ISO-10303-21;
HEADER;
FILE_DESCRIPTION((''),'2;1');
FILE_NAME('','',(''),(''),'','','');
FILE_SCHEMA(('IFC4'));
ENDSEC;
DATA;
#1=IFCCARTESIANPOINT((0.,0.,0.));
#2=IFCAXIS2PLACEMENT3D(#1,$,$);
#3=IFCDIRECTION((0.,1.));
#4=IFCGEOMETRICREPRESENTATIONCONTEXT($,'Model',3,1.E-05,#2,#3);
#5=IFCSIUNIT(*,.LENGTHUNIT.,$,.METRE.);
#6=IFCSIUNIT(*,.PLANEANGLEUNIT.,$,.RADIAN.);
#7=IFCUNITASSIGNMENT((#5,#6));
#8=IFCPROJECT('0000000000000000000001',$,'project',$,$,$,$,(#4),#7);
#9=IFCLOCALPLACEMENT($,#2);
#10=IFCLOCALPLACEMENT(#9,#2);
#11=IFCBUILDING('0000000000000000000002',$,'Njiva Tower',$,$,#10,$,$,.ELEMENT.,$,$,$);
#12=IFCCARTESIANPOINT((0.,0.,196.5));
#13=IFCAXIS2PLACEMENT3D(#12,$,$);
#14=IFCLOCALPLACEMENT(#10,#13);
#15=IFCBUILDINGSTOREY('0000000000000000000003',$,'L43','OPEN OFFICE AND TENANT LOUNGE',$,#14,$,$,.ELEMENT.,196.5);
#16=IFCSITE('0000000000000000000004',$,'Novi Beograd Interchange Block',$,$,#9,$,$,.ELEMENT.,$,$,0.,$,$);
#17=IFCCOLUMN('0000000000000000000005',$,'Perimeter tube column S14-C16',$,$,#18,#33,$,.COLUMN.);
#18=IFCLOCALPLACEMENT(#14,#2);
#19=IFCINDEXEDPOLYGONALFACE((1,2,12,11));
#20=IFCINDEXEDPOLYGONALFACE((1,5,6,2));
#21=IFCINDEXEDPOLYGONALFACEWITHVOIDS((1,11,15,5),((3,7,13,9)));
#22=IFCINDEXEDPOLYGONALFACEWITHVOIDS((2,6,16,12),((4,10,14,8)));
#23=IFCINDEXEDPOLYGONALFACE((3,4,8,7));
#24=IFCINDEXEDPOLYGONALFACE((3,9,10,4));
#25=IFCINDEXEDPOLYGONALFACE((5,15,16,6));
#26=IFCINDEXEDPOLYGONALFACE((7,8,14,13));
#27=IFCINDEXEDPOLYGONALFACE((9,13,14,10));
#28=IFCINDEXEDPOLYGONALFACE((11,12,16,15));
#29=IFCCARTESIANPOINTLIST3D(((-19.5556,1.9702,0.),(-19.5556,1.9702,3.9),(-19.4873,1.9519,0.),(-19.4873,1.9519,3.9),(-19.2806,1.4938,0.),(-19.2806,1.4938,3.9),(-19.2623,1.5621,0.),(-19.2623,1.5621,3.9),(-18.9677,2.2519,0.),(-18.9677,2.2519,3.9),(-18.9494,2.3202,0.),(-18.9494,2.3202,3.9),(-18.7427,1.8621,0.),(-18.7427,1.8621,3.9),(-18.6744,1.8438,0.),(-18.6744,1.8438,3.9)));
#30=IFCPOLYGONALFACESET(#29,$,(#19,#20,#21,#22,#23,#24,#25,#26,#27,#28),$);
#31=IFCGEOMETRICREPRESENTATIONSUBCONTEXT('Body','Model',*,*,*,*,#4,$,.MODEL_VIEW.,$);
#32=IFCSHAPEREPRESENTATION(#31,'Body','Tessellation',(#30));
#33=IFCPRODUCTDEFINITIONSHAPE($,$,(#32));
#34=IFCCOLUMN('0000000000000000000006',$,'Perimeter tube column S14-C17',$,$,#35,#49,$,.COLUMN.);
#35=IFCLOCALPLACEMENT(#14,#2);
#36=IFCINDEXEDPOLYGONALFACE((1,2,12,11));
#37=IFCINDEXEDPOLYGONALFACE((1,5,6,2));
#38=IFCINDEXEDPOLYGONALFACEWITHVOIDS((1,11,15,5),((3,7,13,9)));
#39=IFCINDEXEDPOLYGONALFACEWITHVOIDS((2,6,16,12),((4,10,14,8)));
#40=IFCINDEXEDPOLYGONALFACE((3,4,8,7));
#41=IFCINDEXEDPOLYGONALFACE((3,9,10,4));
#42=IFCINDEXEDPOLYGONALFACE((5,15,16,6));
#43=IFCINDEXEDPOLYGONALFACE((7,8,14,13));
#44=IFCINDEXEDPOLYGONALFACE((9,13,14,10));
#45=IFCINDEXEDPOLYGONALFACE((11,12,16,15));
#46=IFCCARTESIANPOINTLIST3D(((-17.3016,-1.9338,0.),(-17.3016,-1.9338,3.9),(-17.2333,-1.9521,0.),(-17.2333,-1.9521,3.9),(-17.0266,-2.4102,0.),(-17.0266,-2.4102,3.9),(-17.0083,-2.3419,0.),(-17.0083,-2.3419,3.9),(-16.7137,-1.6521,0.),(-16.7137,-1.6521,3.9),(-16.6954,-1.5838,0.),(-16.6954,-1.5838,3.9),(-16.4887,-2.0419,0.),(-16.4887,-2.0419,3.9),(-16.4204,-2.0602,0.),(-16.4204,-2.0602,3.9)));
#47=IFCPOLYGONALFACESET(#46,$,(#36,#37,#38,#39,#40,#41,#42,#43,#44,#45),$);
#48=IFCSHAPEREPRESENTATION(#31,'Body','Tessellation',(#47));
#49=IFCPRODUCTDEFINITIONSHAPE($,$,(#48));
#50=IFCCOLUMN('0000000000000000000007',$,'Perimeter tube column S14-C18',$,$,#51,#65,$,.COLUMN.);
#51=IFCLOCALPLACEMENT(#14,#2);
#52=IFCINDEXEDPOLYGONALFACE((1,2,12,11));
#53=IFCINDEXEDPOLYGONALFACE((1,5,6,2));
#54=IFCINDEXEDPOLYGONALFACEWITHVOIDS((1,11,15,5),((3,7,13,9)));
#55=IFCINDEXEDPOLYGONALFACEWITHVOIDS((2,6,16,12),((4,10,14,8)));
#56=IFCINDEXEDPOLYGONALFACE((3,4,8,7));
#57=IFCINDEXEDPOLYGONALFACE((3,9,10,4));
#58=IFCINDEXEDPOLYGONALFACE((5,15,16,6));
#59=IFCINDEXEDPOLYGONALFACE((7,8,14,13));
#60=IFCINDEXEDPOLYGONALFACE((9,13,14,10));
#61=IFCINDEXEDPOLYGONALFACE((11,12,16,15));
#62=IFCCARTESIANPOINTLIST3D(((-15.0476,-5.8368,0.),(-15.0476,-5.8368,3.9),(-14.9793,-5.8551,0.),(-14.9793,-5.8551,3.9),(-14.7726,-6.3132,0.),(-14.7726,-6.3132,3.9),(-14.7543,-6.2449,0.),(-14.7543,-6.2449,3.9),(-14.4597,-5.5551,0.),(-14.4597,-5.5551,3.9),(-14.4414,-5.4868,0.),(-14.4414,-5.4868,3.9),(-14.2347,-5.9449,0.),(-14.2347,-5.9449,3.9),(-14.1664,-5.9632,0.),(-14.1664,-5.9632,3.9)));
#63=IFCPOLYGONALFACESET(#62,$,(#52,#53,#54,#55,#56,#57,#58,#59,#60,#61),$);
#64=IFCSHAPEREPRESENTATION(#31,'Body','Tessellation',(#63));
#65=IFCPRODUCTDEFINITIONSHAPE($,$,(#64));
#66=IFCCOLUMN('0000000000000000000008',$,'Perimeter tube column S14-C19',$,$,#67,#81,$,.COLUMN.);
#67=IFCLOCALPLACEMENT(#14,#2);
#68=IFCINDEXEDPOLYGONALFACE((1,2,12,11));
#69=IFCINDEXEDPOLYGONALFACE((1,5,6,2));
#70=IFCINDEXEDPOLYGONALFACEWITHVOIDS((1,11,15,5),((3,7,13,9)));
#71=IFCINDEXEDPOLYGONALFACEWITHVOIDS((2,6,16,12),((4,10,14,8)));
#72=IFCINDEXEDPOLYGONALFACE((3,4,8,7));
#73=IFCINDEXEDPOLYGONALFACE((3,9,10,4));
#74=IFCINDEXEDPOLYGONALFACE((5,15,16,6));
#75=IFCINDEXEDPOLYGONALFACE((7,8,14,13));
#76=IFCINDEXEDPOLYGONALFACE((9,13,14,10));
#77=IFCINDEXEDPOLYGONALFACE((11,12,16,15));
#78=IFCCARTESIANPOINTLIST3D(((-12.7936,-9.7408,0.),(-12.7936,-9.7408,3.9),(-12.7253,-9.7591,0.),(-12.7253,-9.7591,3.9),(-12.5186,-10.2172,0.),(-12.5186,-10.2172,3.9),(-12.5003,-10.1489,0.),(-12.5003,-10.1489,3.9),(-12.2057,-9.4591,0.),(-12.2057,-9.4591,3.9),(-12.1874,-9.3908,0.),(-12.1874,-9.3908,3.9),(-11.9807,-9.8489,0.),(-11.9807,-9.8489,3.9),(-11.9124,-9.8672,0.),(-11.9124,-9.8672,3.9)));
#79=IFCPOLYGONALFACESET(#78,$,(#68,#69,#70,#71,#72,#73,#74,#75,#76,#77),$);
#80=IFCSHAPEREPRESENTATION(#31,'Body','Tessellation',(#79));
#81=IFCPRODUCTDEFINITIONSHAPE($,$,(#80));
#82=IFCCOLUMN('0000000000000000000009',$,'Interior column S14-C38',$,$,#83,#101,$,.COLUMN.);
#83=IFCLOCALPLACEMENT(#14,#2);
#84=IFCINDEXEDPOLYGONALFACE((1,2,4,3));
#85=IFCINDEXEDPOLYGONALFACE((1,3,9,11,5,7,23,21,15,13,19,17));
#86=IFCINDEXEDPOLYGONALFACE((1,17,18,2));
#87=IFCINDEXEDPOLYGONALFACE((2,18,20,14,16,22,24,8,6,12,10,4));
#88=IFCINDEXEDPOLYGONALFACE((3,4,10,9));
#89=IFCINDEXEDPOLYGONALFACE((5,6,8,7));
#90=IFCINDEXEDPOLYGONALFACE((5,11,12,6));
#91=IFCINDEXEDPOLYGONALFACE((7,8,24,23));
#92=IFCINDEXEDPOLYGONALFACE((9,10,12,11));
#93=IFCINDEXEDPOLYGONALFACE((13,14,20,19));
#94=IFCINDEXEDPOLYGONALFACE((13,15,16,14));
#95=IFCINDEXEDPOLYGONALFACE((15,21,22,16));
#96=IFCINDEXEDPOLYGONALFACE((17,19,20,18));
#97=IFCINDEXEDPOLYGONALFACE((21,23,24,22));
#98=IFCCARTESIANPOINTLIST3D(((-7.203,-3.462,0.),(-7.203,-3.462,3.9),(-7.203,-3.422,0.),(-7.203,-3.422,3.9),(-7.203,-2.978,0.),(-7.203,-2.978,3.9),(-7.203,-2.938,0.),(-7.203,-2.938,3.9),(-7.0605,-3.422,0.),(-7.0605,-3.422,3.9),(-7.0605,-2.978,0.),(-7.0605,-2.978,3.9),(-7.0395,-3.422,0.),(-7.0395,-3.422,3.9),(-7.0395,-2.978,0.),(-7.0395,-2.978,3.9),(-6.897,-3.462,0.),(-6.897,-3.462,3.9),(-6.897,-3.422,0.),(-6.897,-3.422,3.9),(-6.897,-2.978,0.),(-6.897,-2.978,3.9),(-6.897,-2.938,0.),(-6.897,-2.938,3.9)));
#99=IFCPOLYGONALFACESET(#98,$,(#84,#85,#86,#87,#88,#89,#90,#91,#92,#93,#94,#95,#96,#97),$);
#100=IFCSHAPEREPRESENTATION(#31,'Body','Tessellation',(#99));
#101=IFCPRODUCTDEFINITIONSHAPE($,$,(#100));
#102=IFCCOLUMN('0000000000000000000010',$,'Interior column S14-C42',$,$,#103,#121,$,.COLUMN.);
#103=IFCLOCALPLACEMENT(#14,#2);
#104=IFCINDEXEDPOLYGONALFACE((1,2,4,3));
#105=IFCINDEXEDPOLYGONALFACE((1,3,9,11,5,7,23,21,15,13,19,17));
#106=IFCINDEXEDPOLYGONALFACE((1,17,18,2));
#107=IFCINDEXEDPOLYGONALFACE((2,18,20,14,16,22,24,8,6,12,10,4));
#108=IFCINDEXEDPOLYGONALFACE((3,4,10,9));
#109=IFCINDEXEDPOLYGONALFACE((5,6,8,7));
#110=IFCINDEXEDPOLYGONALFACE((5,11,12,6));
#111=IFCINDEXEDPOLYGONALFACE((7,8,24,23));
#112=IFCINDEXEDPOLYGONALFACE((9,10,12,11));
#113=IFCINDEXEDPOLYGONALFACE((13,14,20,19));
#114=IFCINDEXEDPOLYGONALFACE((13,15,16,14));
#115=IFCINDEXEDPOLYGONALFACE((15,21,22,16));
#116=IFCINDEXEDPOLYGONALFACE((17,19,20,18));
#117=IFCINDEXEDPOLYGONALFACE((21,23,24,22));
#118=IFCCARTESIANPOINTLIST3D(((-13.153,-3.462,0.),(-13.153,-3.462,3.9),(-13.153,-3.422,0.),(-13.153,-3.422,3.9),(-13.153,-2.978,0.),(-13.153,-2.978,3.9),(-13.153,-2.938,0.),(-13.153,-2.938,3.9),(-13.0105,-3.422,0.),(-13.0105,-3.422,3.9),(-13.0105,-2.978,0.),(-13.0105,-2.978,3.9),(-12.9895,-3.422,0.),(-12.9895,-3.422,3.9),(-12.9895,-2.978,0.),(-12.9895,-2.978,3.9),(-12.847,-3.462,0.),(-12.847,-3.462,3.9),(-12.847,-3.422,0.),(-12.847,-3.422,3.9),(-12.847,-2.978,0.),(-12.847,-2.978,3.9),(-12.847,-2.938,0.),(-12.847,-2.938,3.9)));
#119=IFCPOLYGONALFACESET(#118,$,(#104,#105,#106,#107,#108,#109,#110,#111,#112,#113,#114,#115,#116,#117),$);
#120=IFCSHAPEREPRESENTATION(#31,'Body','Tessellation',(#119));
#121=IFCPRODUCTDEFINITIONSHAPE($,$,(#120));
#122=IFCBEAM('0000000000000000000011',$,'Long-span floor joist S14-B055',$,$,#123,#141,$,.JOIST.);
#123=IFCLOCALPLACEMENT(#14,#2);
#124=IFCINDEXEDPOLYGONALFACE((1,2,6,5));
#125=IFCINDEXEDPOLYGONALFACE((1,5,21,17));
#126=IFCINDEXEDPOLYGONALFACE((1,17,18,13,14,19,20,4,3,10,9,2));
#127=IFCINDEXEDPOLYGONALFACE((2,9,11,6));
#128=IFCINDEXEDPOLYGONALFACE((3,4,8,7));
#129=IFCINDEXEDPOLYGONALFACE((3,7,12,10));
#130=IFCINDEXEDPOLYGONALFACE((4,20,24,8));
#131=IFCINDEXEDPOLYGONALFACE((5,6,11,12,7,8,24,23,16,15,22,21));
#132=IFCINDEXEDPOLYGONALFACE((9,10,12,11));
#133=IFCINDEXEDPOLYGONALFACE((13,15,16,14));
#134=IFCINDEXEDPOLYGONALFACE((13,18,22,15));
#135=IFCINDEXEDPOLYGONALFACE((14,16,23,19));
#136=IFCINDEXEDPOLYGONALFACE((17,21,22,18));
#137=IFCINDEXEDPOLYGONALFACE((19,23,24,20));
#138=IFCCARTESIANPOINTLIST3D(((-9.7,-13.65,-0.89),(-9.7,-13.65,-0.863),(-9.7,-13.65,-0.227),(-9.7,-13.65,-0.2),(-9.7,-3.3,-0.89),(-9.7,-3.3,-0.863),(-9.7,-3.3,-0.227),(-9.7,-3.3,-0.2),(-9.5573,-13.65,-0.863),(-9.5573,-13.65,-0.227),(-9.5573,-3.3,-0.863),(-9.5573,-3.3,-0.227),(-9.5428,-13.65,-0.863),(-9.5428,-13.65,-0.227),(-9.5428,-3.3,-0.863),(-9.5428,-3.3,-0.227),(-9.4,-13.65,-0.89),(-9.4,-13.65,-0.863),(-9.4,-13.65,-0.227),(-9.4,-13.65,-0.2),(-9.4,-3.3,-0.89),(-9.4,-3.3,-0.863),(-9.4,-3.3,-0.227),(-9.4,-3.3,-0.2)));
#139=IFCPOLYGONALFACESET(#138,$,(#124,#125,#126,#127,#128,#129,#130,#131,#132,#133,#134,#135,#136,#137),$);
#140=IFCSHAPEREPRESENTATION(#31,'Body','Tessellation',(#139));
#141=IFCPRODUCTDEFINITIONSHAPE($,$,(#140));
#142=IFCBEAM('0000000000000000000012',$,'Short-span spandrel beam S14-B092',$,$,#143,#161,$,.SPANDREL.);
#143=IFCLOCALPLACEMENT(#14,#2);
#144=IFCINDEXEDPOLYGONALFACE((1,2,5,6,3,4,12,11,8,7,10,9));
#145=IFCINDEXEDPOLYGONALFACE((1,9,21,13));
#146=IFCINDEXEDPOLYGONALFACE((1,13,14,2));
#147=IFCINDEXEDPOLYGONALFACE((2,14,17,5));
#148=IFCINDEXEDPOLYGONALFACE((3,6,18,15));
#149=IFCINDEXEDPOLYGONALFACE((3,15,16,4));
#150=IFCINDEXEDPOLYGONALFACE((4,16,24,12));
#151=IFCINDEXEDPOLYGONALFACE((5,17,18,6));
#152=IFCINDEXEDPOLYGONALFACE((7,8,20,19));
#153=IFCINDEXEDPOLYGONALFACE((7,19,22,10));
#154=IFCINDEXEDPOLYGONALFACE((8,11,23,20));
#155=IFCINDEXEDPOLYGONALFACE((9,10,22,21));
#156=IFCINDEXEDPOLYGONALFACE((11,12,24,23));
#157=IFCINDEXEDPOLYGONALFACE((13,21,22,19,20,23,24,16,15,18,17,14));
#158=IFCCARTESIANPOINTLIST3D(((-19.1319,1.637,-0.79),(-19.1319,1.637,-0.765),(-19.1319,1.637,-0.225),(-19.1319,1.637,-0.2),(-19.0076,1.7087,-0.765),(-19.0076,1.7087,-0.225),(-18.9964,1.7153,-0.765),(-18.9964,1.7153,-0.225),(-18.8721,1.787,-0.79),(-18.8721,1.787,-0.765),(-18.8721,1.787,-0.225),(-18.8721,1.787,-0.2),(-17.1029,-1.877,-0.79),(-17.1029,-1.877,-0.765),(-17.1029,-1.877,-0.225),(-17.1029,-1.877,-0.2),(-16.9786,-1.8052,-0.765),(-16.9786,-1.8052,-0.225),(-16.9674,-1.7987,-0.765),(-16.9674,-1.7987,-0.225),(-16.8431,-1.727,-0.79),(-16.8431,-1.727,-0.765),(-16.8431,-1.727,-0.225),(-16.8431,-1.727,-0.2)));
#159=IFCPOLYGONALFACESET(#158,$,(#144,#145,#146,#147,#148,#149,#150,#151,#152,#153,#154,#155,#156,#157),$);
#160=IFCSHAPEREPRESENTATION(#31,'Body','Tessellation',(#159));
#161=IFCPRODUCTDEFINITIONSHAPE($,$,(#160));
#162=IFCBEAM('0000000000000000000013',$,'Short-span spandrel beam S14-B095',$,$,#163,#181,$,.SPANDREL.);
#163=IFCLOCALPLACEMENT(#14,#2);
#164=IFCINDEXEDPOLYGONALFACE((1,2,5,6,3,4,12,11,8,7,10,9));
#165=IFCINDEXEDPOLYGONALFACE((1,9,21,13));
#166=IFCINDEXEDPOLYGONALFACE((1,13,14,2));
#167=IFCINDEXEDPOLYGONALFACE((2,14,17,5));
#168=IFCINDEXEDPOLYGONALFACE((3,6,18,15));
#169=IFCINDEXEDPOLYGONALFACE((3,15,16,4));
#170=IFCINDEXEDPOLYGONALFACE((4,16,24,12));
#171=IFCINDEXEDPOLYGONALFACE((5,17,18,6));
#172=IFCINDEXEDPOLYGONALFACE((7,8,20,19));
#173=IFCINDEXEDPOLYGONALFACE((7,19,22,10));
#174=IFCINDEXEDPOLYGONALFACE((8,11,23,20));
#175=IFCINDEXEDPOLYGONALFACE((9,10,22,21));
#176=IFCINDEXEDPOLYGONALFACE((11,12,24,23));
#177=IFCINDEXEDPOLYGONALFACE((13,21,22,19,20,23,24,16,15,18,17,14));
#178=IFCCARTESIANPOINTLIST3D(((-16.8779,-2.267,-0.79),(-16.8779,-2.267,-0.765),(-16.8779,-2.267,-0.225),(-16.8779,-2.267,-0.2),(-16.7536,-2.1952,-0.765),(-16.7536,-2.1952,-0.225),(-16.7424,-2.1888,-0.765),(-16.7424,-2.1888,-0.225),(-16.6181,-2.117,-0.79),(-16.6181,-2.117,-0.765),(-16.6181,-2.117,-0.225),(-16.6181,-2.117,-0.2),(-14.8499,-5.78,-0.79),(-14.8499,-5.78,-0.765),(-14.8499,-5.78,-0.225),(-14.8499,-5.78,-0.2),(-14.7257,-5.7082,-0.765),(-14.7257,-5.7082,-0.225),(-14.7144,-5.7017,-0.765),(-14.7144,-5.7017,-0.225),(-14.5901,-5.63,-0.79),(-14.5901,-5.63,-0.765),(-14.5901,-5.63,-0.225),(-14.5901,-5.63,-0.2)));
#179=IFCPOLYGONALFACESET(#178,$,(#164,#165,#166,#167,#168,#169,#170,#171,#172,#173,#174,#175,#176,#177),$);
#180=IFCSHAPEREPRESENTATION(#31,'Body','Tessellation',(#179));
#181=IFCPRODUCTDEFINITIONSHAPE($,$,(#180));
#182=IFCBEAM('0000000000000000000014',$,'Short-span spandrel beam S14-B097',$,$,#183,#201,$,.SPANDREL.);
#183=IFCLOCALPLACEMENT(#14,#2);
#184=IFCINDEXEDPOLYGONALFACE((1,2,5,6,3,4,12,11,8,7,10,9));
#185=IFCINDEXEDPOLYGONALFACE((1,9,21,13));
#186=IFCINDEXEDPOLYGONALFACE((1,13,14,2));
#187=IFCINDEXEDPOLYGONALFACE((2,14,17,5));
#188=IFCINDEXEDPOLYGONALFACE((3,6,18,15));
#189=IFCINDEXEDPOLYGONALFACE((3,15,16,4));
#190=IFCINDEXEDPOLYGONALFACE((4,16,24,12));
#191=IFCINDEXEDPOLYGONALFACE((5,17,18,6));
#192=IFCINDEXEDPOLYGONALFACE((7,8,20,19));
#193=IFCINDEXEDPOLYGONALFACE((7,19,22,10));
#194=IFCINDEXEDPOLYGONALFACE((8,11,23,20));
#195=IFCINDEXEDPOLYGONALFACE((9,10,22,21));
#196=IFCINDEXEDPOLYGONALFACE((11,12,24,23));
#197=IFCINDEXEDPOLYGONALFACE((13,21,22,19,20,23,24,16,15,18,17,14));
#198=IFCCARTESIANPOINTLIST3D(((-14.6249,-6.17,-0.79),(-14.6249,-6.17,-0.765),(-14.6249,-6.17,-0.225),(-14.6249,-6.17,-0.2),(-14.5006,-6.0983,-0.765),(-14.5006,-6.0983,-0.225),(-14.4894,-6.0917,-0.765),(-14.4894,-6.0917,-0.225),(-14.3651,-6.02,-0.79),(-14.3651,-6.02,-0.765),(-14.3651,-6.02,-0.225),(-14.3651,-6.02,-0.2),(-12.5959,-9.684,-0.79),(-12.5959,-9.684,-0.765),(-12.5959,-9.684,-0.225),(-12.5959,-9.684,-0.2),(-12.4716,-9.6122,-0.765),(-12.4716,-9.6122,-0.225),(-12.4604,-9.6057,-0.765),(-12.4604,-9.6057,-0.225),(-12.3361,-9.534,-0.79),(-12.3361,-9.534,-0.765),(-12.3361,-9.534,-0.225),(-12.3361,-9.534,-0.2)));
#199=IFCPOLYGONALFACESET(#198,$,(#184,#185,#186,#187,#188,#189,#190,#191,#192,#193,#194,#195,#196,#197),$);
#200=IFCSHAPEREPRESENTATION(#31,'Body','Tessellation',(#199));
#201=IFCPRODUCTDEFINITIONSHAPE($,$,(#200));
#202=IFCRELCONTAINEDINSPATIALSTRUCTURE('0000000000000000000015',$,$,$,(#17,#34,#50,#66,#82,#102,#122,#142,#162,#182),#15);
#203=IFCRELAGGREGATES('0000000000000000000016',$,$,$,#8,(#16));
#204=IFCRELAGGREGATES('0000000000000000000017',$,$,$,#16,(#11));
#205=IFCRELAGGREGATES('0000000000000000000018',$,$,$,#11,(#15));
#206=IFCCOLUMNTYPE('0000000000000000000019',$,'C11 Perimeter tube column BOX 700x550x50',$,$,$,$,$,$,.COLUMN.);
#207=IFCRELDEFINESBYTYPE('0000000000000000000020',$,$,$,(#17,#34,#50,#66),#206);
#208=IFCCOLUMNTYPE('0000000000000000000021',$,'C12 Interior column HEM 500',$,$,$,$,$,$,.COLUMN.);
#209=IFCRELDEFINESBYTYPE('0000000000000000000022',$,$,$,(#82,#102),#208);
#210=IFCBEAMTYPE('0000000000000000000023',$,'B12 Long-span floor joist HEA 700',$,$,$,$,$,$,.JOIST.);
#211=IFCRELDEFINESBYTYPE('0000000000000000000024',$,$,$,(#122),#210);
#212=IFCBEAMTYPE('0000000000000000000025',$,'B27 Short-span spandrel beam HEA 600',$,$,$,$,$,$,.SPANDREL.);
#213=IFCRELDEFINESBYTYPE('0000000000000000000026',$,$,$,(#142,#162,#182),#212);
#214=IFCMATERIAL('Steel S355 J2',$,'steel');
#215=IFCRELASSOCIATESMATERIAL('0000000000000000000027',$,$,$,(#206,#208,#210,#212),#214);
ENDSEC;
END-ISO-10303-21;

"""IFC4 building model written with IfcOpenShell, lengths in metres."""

from ifc_helpers import new_model, si_unit, direction, frame, origin, origin_2d, place, context, subcontext, project, spatial, hollow_rectangle, i_section, extrude, material, material_profile, profile_set, type_object, element, save


model = new_model("IFC4")

# Units and contexts
model_context = context("Model", 3, precision=1e-05, world=origin(), true_north=direction((0.0, 1.0)))
body_context = subcontext(model_context, "Body", "Model", "MODEL_VIEW")
ifc_project = project(units=[si_unit("LENGTHUNIT", "METRE"), si_unit("PLANEANGLEUNIT", "RADIAN")], contexts=[model_context])

# Site, building, storey
site_placement = place(None, origin())
site = spatial("IfcSite", under=ifc_project, at=site_placement, Name="Novi Beograd Interchange Block", CompositionType="ELEMENT", RefElevation=0.0)
building_placement = place(site_placement, origin())
building = spatial("IfcBuilding", under=site, at=building_placement, Name="Njiva Tower", CompositionType="ELEMENT")
storey_placement = place(building_placement, frame((0.0, 0.0, 196.5)))
storey = spatial("IfcBuildingStorey", under=building, at=storey_placement, Name="L43", Description="OPEN OFFICE AND TENANT LOUNGE", CompositionType="ELEMENT", Elevation=196.5)

# Columns
ifc_material_1 = material(Name="Steel S355 J2", Category="steel")
ifc_material_profile_1 = material_profile(ifc_material_1, hollow_rectangle(XDim=0.55, YDim=0.7, WallThickness=0.05, at=origin_2d()), Name="BOX 700x550x50")
ifc_profile_set_1 = profile_set([ifc_material_profile_1], Name="Steel S355 J2")
column_type_1 = type_object("IfcColumnType", Name="C11 Perimeter tube column BOX 700x550x50", PredefinedType="COLUMN", material=ifc_profile_set_1)
for number, where, z_axis, x_axis, name in (
    (1, (-19.115, 1.907, 0.0), (0.0, 0.0, 1.0), (0.5, -0.866025, 0.0), "Perimeter tube column S14-C16"),
    (2, (-16.861, -1.997, 0.0), (0.0, 0.0, 1.0), (0.5, -0.866025, 0.0), "Perimeter tube column S14-C17"),
    (3, (-14.607, -5.9, 0.0), (0.0, 0.0, 1.0), (0.5, -0.866025, 0.0), "Perimeter tube column S14-C18"),
    (4, (-12.353, -9.804, 0.0), (0.0, 0.0, 1.0), (0.5, -0.866025, 0.0), "Perimeter tube column S14-C19"),
):
    element("IfcColumn", number, at=place(storey_placement, frame(where, z_axis=z_axis, x_axis=x_axis)), inside=storey, type_object=column_type_1, Name=name, PredefinedType="COLUMN", context=body_context, shape_type="SweptSolid", body=[
        extrude(hollow_rectangle(XDim=0.55, YDim=0.7, WallThickness=0.05, at=origin_2d()), origin(), (0.0, 0.0, 1.0), 3.9),
    ])
ifc_material_profile_2 = material_profile(ifc_material_1, i_section(OverallWidth=0.306, OverallDepth=0.524, WebThickness=0.021, FlangeThickness=0.04, at=origin_2d()), Name="HEM 500")
ifc_profile_set_2 = profile_set([ifc_material_profile_2], Name="Steel S355 J2")
column_type_2 = type_object("IfcColumnType", Name="C12 Interior column HEM 500", PredefinedType="COLUMN", material=ifc_profile_set_2)
for number, where, z_axis, x_axis, name in (
    (5, (-7.05, -3.2, 0.0), (0.0, 0.0, 1.0), (1.0, 0.0, 0.0), "Interior column S14-C38"),
    (6, (-13.0, -3.2, 0.0), (0.0, 0.0, 1.0), (1.0, 0.0, 0.0), "Interior column S14-C42"),
):
    element("IfcColumn", number, at=place(storey_placement, frame(where, z_axis=z_axis, x_axis=x_axis)), inside=storey, type_object=column_type_2, Name=name, PredefinedType="COLUMN", context=body_context, shape_type="SweptSolid", body=[
        extrude(i_section(OverallWidth=0.306, OverallDepth=0.524, WebThickness=0.021, FlangeThickness=0.04, at=origin_2d()), origin(), (0.0, 0.0, 1.0), 3.9),
    ])

# Beams
ifc_material_profile_3 = material_profile(ifc_material_1, i_section(OverallWidth=0.3, OverallDepth=0.69, WebThickness=0.0145, FlangeThickness=0.027, at=origin_2d()), Name="HEA 700")
ifc_profile_set_3 = profile_set([ifc_material_profile_3], Name="Steel S355 J2")
beam_type_1 = type_object("IfcBeamType", Name="B12 Long-span floor joist HEA 700", PredefinedType="JOIST", material=ifc_profile_set_3)
beam_1_placement = place(storey_placement, frame((-9.55, -3.3, -0.545), z_axis=(0.0, -1.0, 0.0), x_axis=(1.0, 0.0, 0.0)))
element("IfcBeam", 7, at=beam_1_placement, inside=storey, type_object=beam_type_1, Name="Long-span floor joist S14-B055", PredefinedType="JOIST", context=body_context, shape_type="SweptSolid", body=[
    extrude(i_section(OverallWidth=0.3, OverallDepth=0.69, WebThickness=0.0145, FlangeThickness=0.027, at=origin_2d()), origin(), (0.0, 0.0, 1.0), 10.35),
])
ifc_material_profile_4 = material_profile(ifc_material_1, i_section(OverallWidth=0.3, OverallDepth=0.59, WebThickness=0.013, FlangeThickness=0.025, at=origin_2d()), Name="HEA 600")
ifc_profile_set_4 = profile_set([ifc_material_profile_4], Name="Steel S355 J2")
beam_type_2 = type_object("IfcBeamType", Name="B27 Short-span spandrel beam HEA 600", PredefinedType="SPANDREL", material=ifc_profile_set_4)
beam_2_placement = place(storey_placement, frame((-19.002, 1.712, -0.495), z_axis=(0.500035, -0.866005, 0.0), x_axis=(0.866005, 0.500035, 0.0)))
element("IfcBeam", 8, at=beam_2_placement, inside=storey, type_object=beam_type_2, Name="Short-span spandrel beam S14-B092", PredefinedType="SPANDREL", context=body_context, shape_type="SweptSolid", body=[
    extrude(i_section(OverallWidth=0.3, OverallDepth=0.59, WebThickness=0.013, FlangeThickness=0.025, at=origin_2d()), origin(), (0.0, 0.0, 1.0), 4.0577),
])
beam_3_placement = place(storey_placement, frame((-16.748, -2.192, -0.495), z_axis=(0.499957, -0.86605, 0.0), x_axis=(0.86605, 0.499957, 0.0)))
element("IfcBeam", 9, at=beam_3_placement, inside=storey, type_object=beam_type_2, Name="Short-span spandrel beam S14-B095", PredefinedType="SPANDREL", context=body_context, shape_type="SweptSolid", body=[
    extrude(i_section(OverallWidth=0.3, OverallDepth=0.59, WebThickness=0.013, FlangeThickness=0.025, at=origin_2d()), origin(), (0.0, 0.0, 1.0), 4.0563),
])
beam_4_placement = place(storey_placement, frame((-14.495, -6.095, -0.495), z_axis=(0.500035, -0.866005, 0.0), x_axis=(0.866005, 0.500035, 0.0)))
element("IfcBeam", 10, at=beam_4_placement, inside=storey, type_object=beam_type_2, Name="Short-span spandrel beam S14-B097", PredefinedType="SPANDREL", context=body_context, shape_type="SweptSolid", body=[
    extrude(i_section(OverallWidth=0.3, OverallDepth=0.59, WebThickness=0.013, FlangeThickness=0.025, at=origin_2d()), origin(), (0.0, 0.0, 1.0), 4.0577),
])

save(model, "model.ifc")
